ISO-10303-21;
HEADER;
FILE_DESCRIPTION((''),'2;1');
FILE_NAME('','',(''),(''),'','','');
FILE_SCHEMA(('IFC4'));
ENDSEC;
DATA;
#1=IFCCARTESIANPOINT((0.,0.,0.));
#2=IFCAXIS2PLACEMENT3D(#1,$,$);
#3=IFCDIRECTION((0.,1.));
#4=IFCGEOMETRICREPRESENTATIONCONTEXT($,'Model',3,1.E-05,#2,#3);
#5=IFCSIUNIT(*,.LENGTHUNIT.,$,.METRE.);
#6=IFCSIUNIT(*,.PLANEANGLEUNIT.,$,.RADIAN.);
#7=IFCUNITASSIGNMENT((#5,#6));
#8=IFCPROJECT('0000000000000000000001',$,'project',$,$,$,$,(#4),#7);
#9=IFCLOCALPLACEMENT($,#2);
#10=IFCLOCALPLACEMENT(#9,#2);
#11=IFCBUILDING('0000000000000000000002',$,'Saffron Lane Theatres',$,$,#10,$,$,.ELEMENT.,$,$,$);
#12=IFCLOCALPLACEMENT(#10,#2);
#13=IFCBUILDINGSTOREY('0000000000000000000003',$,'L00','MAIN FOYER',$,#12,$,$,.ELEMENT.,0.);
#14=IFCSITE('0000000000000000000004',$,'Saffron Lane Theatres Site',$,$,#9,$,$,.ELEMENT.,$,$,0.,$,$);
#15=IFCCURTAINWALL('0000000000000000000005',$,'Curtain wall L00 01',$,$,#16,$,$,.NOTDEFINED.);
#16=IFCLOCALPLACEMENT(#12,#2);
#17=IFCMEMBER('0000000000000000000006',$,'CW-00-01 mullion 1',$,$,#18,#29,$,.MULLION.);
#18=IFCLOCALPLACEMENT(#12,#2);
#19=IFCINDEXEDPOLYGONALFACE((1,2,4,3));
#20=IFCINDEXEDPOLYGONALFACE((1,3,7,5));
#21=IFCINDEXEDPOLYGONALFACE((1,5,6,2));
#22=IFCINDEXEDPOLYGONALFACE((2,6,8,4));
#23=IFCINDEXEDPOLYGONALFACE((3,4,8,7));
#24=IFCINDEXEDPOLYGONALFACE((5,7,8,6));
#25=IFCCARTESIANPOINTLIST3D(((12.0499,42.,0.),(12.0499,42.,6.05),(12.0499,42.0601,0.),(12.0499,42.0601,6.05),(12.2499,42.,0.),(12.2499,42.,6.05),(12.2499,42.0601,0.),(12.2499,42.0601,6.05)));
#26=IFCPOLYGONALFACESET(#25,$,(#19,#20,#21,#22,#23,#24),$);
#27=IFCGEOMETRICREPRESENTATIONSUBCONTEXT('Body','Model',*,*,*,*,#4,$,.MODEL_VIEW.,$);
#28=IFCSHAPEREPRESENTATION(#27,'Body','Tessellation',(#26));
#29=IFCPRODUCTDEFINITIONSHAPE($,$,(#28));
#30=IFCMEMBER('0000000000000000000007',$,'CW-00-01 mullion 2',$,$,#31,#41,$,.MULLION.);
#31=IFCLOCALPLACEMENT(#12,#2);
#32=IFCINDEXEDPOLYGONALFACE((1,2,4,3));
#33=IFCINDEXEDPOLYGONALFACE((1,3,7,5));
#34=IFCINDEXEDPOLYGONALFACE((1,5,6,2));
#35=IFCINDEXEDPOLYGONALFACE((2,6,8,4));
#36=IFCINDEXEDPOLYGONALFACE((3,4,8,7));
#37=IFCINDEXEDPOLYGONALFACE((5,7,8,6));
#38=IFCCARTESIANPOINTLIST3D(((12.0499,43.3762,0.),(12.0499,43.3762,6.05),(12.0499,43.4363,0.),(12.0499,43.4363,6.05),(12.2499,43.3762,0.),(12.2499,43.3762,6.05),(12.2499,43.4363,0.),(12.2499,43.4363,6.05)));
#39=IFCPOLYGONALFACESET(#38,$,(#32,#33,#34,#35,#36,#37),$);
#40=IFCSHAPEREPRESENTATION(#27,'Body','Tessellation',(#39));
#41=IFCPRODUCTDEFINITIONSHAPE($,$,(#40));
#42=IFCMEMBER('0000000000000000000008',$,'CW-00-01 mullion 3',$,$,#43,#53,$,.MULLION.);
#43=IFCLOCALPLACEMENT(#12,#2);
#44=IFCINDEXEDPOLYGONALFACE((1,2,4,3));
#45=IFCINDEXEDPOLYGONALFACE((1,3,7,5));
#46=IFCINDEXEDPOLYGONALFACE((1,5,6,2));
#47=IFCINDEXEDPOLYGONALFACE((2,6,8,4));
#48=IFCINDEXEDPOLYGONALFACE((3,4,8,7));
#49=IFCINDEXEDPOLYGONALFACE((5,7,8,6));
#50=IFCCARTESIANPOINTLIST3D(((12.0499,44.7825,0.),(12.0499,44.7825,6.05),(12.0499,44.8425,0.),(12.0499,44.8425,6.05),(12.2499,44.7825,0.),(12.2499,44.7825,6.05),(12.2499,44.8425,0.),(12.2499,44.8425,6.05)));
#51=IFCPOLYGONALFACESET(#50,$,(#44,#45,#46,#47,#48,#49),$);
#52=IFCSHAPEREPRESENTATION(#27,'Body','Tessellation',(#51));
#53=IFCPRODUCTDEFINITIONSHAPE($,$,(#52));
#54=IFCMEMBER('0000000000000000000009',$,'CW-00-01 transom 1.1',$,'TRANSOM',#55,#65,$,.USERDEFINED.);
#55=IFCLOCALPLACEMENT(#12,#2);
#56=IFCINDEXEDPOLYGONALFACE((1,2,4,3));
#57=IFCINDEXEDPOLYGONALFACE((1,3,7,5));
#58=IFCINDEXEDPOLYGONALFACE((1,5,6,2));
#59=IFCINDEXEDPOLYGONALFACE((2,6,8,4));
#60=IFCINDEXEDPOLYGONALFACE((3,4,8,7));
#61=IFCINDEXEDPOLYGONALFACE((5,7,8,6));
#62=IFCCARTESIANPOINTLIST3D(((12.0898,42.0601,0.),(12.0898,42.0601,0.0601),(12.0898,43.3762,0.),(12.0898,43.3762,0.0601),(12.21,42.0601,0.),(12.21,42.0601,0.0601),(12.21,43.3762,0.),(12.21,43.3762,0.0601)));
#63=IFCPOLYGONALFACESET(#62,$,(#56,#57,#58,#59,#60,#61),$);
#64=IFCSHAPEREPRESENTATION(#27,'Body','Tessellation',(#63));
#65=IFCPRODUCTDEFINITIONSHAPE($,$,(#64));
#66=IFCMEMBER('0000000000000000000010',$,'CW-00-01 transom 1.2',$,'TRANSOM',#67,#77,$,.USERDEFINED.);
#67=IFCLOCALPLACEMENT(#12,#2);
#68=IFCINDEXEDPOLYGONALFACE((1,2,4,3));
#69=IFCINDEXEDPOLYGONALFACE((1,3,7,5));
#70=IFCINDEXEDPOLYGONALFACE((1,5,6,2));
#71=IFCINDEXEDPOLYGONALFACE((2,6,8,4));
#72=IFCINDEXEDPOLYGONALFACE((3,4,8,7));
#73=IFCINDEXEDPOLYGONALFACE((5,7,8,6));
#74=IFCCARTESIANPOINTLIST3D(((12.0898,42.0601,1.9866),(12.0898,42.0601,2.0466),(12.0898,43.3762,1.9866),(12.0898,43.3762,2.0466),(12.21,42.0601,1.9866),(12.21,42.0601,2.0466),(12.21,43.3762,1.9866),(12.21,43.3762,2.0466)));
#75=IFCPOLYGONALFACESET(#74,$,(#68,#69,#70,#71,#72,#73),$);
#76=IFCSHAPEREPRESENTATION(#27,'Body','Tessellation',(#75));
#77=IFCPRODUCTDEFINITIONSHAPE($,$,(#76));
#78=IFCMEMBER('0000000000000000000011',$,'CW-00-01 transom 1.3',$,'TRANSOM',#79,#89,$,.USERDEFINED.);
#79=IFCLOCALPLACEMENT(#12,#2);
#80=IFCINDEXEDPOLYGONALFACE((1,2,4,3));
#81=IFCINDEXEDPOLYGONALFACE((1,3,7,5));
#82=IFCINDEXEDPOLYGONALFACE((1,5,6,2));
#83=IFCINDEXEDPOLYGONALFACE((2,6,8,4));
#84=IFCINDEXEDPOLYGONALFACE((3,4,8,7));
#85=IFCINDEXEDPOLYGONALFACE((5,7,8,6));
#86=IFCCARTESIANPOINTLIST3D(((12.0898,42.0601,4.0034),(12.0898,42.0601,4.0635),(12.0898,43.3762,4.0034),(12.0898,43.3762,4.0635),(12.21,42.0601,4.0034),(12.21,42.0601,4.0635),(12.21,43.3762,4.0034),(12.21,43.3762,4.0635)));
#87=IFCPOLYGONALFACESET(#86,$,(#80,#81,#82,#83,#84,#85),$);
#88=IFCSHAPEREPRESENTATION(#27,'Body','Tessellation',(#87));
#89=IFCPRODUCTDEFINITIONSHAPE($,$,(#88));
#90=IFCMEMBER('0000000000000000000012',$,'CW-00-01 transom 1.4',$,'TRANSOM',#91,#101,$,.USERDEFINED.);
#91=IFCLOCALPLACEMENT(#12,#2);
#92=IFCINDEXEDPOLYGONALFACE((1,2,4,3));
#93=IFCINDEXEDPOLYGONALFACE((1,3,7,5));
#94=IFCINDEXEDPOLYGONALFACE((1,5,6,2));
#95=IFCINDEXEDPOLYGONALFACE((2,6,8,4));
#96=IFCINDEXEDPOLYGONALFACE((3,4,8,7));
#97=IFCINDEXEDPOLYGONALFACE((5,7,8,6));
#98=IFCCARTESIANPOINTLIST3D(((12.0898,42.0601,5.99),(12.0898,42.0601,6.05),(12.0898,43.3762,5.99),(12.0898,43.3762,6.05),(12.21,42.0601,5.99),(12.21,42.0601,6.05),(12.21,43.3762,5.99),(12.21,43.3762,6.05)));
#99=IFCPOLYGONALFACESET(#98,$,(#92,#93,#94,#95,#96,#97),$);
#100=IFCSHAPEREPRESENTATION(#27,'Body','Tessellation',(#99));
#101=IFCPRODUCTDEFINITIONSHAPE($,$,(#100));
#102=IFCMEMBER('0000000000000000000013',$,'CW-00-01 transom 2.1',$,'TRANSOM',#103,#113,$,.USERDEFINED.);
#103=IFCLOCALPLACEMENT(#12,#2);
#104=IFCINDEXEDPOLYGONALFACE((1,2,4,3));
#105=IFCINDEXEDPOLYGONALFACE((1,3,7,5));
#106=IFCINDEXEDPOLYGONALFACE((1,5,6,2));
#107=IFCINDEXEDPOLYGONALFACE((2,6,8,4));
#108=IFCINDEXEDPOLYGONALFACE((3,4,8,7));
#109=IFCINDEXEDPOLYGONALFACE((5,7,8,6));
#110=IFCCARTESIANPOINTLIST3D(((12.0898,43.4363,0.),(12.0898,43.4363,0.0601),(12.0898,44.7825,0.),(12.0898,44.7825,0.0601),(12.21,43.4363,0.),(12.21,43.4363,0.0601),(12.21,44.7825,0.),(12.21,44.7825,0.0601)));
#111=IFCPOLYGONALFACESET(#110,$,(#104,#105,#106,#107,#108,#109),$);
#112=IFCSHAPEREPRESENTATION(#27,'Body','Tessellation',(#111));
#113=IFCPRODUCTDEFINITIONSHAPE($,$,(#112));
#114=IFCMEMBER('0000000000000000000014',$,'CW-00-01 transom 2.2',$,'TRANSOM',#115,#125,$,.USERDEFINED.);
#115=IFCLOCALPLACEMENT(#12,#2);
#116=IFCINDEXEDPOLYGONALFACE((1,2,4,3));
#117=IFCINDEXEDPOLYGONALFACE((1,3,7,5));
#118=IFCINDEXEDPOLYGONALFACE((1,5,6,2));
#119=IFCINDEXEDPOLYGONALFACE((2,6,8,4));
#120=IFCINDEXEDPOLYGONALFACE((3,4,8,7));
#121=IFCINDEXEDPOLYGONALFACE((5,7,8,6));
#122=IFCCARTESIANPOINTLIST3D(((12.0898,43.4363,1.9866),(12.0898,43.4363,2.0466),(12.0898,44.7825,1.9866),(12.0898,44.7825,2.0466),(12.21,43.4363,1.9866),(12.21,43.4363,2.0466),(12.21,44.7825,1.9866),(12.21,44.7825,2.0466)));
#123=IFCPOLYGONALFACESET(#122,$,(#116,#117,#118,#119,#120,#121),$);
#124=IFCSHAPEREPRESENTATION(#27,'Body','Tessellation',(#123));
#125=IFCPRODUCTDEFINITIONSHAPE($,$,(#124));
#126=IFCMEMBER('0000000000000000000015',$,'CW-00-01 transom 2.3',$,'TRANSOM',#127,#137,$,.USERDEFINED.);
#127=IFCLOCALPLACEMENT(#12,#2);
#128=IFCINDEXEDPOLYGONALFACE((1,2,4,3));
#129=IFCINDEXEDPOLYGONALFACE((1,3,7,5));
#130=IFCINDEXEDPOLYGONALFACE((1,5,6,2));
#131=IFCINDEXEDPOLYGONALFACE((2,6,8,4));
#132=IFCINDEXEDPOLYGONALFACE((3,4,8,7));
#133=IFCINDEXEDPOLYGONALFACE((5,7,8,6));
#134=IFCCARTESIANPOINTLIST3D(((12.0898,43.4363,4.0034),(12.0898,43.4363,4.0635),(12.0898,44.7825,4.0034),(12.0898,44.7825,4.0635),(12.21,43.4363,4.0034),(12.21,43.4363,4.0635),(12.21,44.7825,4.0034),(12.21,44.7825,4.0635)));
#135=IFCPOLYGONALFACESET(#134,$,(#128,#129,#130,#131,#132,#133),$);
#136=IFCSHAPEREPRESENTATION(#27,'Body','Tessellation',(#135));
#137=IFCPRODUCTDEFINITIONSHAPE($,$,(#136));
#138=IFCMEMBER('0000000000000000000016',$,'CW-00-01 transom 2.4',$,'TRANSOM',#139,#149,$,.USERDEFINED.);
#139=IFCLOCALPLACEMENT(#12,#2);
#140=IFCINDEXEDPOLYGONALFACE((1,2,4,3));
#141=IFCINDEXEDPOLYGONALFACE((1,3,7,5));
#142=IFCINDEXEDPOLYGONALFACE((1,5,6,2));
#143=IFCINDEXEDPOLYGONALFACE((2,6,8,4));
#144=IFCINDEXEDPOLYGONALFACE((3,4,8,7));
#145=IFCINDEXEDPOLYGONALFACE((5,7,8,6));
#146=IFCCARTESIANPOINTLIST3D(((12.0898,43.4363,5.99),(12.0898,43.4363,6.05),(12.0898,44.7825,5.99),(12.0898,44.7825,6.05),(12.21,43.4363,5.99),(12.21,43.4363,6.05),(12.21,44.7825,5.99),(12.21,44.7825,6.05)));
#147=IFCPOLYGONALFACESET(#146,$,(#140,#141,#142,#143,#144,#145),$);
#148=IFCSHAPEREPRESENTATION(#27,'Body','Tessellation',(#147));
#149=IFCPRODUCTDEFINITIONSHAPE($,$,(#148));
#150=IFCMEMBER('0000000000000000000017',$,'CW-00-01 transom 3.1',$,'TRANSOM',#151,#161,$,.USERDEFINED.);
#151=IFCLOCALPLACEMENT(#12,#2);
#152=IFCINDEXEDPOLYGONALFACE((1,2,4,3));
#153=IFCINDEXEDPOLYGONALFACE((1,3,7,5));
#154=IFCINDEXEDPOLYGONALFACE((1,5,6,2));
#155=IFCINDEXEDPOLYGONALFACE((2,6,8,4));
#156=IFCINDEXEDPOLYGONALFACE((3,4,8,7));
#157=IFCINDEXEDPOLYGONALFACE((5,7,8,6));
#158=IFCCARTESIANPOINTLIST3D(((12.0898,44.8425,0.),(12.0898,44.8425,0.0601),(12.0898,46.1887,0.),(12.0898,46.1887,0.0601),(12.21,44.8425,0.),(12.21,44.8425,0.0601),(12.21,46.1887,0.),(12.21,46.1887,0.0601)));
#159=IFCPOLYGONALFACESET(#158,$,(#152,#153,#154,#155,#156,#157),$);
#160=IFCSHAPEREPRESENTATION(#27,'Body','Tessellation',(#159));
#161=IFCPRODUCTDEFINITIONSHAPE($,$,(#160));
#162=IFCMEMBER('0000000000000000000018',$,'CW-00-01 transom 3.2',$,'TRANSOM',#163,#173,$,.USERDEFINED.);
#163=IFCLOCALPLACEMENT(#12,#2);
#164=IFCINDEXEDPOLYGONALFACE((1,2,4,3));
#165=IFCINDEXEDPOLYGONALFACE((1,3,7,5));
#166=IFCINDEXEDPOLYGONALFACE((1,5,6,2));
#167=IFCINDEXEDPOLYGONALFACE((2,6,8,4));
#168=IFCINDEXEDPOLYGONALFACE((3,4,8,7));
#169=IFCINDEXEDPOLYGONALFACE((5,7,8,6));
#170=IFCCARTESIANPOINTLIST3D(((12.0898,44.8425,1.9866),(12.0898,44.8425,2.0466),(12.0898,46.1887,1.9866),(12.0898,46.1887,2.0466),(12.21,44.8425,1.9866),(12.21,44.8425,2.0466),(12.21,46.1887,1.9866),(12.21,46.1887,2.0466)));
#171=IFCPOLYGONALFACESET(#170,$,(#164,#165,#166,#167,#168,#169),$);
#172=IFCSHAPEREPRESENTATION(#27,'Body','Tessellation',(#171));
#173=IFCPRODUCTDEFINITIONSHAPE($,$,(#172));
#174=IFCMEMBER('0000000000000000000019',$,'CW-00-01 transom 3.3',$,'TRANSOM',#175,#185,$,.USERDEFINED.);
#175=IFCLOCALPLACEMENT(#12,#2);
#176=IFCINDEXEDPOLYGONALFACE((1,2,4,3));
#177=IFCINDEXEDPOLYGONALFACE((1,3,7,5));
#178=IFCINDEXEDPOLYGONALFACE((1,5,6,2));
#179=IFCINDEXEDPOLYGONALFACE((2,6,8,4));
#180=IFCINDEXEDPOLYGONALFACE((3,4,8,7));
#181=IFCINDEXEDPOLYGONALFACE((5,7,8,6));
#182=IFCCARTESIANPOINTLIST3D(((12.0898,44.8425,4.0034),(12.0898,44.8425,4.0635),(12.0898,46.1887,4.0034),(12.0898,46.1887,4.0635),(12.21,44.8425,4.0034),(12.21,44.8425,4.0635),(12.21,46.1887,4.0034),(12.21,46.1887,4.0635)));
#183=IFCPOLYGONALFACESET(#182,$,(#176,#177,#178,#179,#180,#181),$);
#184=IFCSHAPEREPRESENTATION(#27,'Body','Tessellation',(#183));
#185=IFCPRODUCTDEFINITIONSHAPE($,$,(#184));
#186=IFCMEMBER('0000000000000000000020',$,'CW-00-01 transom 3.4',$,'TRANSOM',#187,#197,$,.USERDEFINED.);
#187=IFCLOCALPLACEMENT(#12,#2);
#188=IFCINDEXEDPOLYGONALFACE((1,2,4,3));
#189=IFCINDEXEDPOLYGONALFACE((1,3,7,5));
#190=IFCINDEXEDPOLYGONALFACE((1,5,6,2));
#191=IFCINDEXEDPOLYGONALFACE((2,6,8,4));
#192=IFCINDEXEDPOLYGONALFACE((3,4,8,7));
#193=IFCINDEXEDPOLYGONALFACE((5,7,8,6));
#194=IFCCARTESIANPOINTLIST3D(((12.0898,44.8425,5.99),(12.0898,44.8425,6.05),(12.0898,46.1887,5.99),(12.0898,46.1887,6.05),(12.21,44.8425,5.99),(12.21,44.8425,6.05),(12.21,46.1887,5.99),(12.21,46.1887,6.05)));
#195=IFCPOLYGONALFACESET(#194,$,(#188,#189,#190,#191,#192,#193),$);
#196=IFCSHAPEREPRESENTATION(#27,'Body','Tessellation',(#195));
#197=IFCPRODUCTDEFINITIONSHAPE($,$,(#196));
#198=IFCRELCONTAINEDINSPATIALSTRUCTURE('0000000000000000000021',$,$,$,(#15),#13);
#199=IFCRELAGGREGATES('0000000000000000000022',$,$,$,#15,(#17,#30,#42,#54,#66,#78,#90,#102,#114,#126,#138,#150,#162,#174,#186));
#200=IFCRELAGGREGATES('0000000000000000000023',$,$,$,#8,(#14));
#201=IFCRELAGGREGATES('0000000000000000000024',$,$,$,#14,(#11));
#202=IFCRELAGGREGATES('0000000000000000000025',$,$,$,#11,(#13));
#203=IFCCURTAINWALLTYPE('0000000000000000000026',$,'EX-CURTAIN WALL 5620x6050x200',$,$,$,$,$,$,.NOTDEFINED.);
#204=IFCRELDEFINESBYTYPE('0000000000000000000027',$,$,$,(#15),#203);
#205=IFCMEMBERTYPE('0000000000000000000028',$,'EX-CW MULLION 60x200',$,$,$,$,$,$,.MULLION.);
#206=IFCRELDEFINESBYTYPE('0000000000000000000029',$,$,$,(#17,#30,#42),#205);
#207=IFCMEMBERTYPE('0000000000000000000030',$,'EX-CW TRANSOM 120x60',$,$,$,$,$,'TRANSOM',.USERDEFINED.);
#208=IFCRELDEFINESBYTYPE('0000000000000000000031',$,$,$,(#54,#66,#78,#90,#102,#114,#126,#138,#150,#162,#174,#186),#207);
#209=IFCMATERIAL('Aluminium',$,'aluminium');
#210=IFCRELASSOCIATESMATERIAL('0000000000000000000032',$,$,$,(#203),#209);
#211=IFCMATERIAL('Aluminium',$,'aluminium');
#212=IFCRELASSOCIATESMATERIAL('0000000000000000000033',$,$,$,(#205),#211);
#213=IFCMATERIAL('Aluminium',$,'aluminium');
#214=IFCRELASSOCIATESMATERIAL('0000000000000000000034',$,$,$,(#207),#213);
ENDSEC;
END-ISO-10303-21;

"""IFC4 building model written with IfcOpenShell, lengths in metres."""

from ifc_helpers import new_model, si_unit, direction, frame, origin, origin_2d, place, context, subcontext, project, spatial, rectangle, extrude, material, material_profile, profile_set, type_object, element, aggregate, save


model = new_model("IFC4")

# Units and contexts
model_context = context("Model", 3, precision=1e-05, world=origin(), true_north=direction((0.0, 1.0)))
body_context = subcontext(model_context, "Body", "Model", "MODEL_VIEW")
ifc_project = project(units=[si_unit("LENGTHUNIT", "METRE"), si_unit("PLANEANGLEUNIT", "RADIAN")], contexts=[model_context])

# Site, building, storey
site_placement = place(None, origin())
site = spatial("IfcSite", under=ifc_project, at=site_placement, Name="Saffron Lane Theatres Site", CompositionType="ELEMENT", RefElevation=0.0)
building_placement = place(site_placement, origin())
building = spatial("IfcBuilding", under=site, at=building_placement, Name="Saffron Lane Theatres", CompositionType="ELEMENT")
storey_placement = place(building_placement, origin())
storey = spatial("IfcBuildingStorey", under=building, at=storey_placement, Name="L00", Description="MAIN FOYER", CompositionType="ELEMENT", Elevation=0.0)

# Curtain wall, members
ifc_material_1 = material(Name="Aluminium", Category="aluminium")
curtain_wall_type = type_object("IfcCurtainWallType", Name="EX-CURTAIN WALL 5620x6050x200", PredefinedType="NOTDEFINED", material=ifc_material_1)
curtain_wall_placement = place(storey_placement, origin())
curtain_wall = element("IfcCurtainWall", 1, at=curtain_wall_placement, inside=storey, type_object=curtain_wall_type, Name="Curtain wall L00 01", PredefinedType="NOTDEFINED")
ifc_material_2 = material(Name="Aluminium", Category="aluminium")
ifc_material_profile_1 = material_profile(ifc_material_2, rectangle(XDim=0.0601, YDim=0.2, at=origin_2d()))
ifc_profile_set_1 = profile_set([ifc_material_profile_1], Name="Aluminium")
member_type_1 = type_object("IfcMemberType", Name="EX-CW MULLION 60x200", PredefinedType="MULLION", material=ifc_profile_set_1)
member_1_placement = place(storey_placement, frame((12.1499, 42.03, 0.0), z_axis=(0.0, 0.0, 1.0), x_axis=(0.0, 1.0, 0.0)))
member_1 = element("IfcMember", 2, at=member_1_placement, type_object=member_type_1, Name="CW-00-01 mullion 1", PredefinedType="MULLION", context=body_context, shape_type="SweptSolid", body=[
    extrude(rectangle(XDim=0.0601, YDim=0.2, at=origin_2d()), origin(), (0.0, 0.0, 1.0), 6.05),
])
member_2_placement = place(storey_placement, frame((12.1499, 43.4062, 0.0), z_axis=(0.0, 0.0, 1.0), x_axis=(0.0, 1.0, 0.0)))
member_2 = element("IfcMember", 3, at=member_2_placement, type_object=member_type_1, Name="CW-00-01 mullion 2", PredefinedType="MULLION", context=body_context, shape_type="SweptSolid", body=[
    extrude(rectangle(XDim=0.0601, YDim=0.2, at=origin_2d()), origin(), (0.0, 0.0, 1.0), 6.05),
])
member_3_placement = place(storey_placement, frame((12.1499, 44.8125, 0.0), z_axis=(0.0, 0.0, 1.0), x_axis=(0.0, 1.0, 0.0)))
member_3 = element("IfcMember", 4, at=member_3_placement, type_object=member_type_1, Name="CW-00-01 mullion 3", PredefinedType="MULLION", context=body_context, shape_type="SweptSolid", body=[
    extrude(rectangle(XDim=0.0601, YDim=0.2, at=origin_2d()), origin(), (0.0, 0.0, 1.0), 6.05),
])
ifc_material_3 = material(Name="Aluminium", Category="aluminium")
ifc_material_profile_2 = material_profile(ifc_material_3, rectangle(XDim=0.1201, YDim=0.0601, at=origin_2d()))
ifc_profile_set_2 = profile_set([ifc_material_profile_2], Name="Aluminium")
member_type_2 = type_object("IfcMemberType", Name="EX-CW TRANSOM 120x60", ElementType="TRANSOM", PredefinedType="USERDEFINED", material=ifc_profile_set_2)
member_4_placement = place(storey_placement, frame((12.1499, 42.0601, 0.03), z_axis=(0.0, 1.0, 0.0), x_axis=(-1.0, 0.0, 0.0)))
member_4 = element("IfcMember", 5, at=member_4_placement, type_object=member_type_2, Name="CW-00-01 transom 1.1", ObjectType="TRANSOM", PredefinedType="USERDEFINED", context=body_context, shape_type="SweptSolid", body=[
    extrude(rectangle(XDim=0.1201, YDim=0.0601, at=origin_2d()), origin(), (0.0, 0.0, 1.0), 1.3162),
])
member_5_placement = place(storey_placement, frame((12.1499, 42.0601, 2.0166), z_axis=(0.0, 1.0, 0.0), x_axis=(-1.0, 0.0, 0.0)))
member_5 = element("IfcMember", 6, at=member_5_placement, type_object=member_type_2, Name="CW-00-01 transom 1.2", ObjectType="TRANSOM", PredefinedType="USERDEFINED", context=body_context, shape_type="SweptSolid", body=[
    extrude(rectangle(XDim=0.1201, YDim=0.0601, at=origin_2d()), origin(), (0.0, 0.0, 1.0), 1.3162),
])
member_6_placement = place(storey_placement, frame((12.1499, 42.0601, 4.0334), z_axis=(0.0, 1.0, 0.0), x_axis=(-1.0, 0.0, 0.0)))
member_6 = element("IfcMember", 7, at=member_6_placement, type_object=member_type_2, Name="CW-00-01 transom 1.3", ObjectType="TRANSOM", PredefinedType="USERDEFINED", context=body_context, shape_type="SweptSolid", body=[
    extrude(rectangle(XDim=0.1201, YDim=0.0601, at=origin_2d()), origin(), (0.0, 0.0, 1.0), 1.3162),
])
member_7_placement = place(storey_placement, frame((12.1499, 42.0601, 6.02), z_axis=(0.0, 1.0, 0.0), x_axis=(-1.0, 0.0, 0.0)))
member_7 = element("IfcMember", 8, at=member_7_placement, type_object=member_type_2, Name="CW-00-01 transom 1.4", ObjectType="TRANSOM", PredefinedType="USERDEFINED", context=body_context, shape_type="SweptSolid", body=[
    extrude(rectangle(XDim=0.1201, YDim=0.0601, at=origin_2d()), origin(), (0.0, 0.0, 1.0), 1.3162),
])
member_8_placement = place(storey_placement, frame((12.1499, 43.4363, 0.03), z_axis=(0.0, 1.0, 0.0), x_axis=(-1.0, 0.0, 0.0)))
member_8 = element("IfcMember", 9, at=member_8_placement, type_object=member_type_2, Name="CW-00-01 transom 2.1", ObjectType="TRANSOM", PredefinedType="USERDEFINED", context=body_context, shape_type="SweptSolid", body=[
    extrude(rectangle(XDim=0.1201, YDim=0.0601, at=origin_2d()), origin(), (0.0, 0.0, 1.0), 1.3462),
])
member_9_placement = place(storey_placement, frame((12.1499, 43.4363, 2.0166), z_axis=(0.0, 1.0, 0.0), x_axis=(-1.0, 0.0, 0.0)))
member_9 = element("IfcMember", 10, at=member_9_placement, type_object=member_type_2, Name="CW-00-01 transom 2.2", ObjectType="TRANSOM", PredefinedType="USERDEFINED", context=body_context, shape_type="SweptSolid", body=[
    extrude(rectangle(XDim=0.1201, YDim=0.0601, at=origin_2d()), origin(), (0.0, 0.0, 1.0), 1.3462),
])
member_10_placement = place(storey_placement, frame((12.1499, 43.4363, 4.0334), z_axis=(0.0, 1.0, 0.0), x_axis=(-1.0, 0.0, 0.0)))
member_10 = element("IfcMember", 11, at=member_10_placement, type_object=member_type_2, Name="CW-00-01 transom 2.3", ObjectType="TRANSOM", PredefinedType="USERDEFINED", context=body_context, shape_type="SweptSolid", body=[
    extrude(rectangle(XDim=0.1201, YDim=0.0601, at=origin_2d()), origin(), (0.0, 0.0, 1.0), 1.3462),
])
member_11_placement = place(storey_placement, frame((12.1499, 43.4363, 6.02), z_axis=(0.0, 1.0, 0.0), x_axis=(-1.0, 0.0, 0.0)))
member_11 = element("IfcMember", 12, at=member_11_placement, type_object=member_type_2, Name="CW-00-01 transom 2.4", ObjectType="TRANSOM", PredefinedType="USERDEFINED", context=body_context, shape_type="SweptSolid", body=[
    extrude(rectangle(XDim=0.1201, YDim=0.0601, at=origin_2d()), origin(), (0.0, 0.0, 1.0), 1.3462),
])
member_12_placement = place(storey_placement, frame((12.1499, 44.8425, 0.03), z_axis=(0.0, 1.0, 0.0), x_axis=(-1.0, 0.0, 0.0)))
member_12 = element("IfcMember", 13, at=member_12_placement, type_object=member_type_2, Name="CW-00-01 transom 3.1", ObjectType="TRANSOM", PredefinedType="USERDEFINED", context=body_context, shape_type="SweptSolid", body=[
    extrude(rectangle(XDim=0.1201, YDim=0.0601, at=origin_2d()), origin(), (0.0, 0.0, 1.0), 1.3462),
])
member_13_placement = place(storey_placement, frame((12.1499, 44.8425, 2.0166), z_axis=(0.0, 1.0, 0.0), x_axis=(-1.0, 0.0, 0.0)))
member_13 = element("IfcMember", 14, at=member_13_placement, type_object=member_type_2, Name="CW-00-01 transom 3.2", ObjectType="TRANSOM", PredefinedType="USERDEFINED", context=body_context, shape_type="SweptSolid", body=[
    extrude(rectangle(XDim=0.1201, YDim=0.0601, at=origin_2d()), origin(), (0.0, 0.0, 1.0), 1.3462),
])
member_14_placement = place(storey_placement, frame((12.1499, 44.8425, 4.0334), z_axis=(0.0, 1.0, 0.0), x_axis=(-1.0, 0.0, 0.0)))
member_14 = element("IfcMember", 15, at=member_14_placement, type_object=member_type_2, Name="CW-00-01 transom 3.3", ObjectType="TRANSOM", PredefinedType="USERDEFINED", context=body_context, shape_type="SweptSolid", body=[
    extrude(rectangle(XDim=0.1201, YDim=0.0601, at=origin_2d()), origin(), (0.0, 0.0, 1.0), 1.3462),
])
member_15_placement = place(storey_placement, frame((12.1499, 44.8425, 6.02), z_axis=(0.0, 1.0, 0.0), x_axis=(-1.0, 0.0, 0.0)))
member_15 = element("IfcMember", 16, at=member_15_placement, type_object=member_type_2, Name="CW-00-01 transom 3.4", ObjectType="TRANSOM", PredefinedType="USERDEFINED", context=body_context, shape_type="SweptSolid", body=[
    extrude(rectangle(XDim=0.1201, YDim=0.0601, at=origin_2d()), origin(), (0.0, 0.0, 1.0), 1.3462),
])
aggregate(curtain_wall, [member_1, member_2, member_3, member_4, member_5, member_6, member_7, member_8, member_9, member_10, member_11, member_12, member_13, member_14, member_15])

save(model, "model.ifc")
